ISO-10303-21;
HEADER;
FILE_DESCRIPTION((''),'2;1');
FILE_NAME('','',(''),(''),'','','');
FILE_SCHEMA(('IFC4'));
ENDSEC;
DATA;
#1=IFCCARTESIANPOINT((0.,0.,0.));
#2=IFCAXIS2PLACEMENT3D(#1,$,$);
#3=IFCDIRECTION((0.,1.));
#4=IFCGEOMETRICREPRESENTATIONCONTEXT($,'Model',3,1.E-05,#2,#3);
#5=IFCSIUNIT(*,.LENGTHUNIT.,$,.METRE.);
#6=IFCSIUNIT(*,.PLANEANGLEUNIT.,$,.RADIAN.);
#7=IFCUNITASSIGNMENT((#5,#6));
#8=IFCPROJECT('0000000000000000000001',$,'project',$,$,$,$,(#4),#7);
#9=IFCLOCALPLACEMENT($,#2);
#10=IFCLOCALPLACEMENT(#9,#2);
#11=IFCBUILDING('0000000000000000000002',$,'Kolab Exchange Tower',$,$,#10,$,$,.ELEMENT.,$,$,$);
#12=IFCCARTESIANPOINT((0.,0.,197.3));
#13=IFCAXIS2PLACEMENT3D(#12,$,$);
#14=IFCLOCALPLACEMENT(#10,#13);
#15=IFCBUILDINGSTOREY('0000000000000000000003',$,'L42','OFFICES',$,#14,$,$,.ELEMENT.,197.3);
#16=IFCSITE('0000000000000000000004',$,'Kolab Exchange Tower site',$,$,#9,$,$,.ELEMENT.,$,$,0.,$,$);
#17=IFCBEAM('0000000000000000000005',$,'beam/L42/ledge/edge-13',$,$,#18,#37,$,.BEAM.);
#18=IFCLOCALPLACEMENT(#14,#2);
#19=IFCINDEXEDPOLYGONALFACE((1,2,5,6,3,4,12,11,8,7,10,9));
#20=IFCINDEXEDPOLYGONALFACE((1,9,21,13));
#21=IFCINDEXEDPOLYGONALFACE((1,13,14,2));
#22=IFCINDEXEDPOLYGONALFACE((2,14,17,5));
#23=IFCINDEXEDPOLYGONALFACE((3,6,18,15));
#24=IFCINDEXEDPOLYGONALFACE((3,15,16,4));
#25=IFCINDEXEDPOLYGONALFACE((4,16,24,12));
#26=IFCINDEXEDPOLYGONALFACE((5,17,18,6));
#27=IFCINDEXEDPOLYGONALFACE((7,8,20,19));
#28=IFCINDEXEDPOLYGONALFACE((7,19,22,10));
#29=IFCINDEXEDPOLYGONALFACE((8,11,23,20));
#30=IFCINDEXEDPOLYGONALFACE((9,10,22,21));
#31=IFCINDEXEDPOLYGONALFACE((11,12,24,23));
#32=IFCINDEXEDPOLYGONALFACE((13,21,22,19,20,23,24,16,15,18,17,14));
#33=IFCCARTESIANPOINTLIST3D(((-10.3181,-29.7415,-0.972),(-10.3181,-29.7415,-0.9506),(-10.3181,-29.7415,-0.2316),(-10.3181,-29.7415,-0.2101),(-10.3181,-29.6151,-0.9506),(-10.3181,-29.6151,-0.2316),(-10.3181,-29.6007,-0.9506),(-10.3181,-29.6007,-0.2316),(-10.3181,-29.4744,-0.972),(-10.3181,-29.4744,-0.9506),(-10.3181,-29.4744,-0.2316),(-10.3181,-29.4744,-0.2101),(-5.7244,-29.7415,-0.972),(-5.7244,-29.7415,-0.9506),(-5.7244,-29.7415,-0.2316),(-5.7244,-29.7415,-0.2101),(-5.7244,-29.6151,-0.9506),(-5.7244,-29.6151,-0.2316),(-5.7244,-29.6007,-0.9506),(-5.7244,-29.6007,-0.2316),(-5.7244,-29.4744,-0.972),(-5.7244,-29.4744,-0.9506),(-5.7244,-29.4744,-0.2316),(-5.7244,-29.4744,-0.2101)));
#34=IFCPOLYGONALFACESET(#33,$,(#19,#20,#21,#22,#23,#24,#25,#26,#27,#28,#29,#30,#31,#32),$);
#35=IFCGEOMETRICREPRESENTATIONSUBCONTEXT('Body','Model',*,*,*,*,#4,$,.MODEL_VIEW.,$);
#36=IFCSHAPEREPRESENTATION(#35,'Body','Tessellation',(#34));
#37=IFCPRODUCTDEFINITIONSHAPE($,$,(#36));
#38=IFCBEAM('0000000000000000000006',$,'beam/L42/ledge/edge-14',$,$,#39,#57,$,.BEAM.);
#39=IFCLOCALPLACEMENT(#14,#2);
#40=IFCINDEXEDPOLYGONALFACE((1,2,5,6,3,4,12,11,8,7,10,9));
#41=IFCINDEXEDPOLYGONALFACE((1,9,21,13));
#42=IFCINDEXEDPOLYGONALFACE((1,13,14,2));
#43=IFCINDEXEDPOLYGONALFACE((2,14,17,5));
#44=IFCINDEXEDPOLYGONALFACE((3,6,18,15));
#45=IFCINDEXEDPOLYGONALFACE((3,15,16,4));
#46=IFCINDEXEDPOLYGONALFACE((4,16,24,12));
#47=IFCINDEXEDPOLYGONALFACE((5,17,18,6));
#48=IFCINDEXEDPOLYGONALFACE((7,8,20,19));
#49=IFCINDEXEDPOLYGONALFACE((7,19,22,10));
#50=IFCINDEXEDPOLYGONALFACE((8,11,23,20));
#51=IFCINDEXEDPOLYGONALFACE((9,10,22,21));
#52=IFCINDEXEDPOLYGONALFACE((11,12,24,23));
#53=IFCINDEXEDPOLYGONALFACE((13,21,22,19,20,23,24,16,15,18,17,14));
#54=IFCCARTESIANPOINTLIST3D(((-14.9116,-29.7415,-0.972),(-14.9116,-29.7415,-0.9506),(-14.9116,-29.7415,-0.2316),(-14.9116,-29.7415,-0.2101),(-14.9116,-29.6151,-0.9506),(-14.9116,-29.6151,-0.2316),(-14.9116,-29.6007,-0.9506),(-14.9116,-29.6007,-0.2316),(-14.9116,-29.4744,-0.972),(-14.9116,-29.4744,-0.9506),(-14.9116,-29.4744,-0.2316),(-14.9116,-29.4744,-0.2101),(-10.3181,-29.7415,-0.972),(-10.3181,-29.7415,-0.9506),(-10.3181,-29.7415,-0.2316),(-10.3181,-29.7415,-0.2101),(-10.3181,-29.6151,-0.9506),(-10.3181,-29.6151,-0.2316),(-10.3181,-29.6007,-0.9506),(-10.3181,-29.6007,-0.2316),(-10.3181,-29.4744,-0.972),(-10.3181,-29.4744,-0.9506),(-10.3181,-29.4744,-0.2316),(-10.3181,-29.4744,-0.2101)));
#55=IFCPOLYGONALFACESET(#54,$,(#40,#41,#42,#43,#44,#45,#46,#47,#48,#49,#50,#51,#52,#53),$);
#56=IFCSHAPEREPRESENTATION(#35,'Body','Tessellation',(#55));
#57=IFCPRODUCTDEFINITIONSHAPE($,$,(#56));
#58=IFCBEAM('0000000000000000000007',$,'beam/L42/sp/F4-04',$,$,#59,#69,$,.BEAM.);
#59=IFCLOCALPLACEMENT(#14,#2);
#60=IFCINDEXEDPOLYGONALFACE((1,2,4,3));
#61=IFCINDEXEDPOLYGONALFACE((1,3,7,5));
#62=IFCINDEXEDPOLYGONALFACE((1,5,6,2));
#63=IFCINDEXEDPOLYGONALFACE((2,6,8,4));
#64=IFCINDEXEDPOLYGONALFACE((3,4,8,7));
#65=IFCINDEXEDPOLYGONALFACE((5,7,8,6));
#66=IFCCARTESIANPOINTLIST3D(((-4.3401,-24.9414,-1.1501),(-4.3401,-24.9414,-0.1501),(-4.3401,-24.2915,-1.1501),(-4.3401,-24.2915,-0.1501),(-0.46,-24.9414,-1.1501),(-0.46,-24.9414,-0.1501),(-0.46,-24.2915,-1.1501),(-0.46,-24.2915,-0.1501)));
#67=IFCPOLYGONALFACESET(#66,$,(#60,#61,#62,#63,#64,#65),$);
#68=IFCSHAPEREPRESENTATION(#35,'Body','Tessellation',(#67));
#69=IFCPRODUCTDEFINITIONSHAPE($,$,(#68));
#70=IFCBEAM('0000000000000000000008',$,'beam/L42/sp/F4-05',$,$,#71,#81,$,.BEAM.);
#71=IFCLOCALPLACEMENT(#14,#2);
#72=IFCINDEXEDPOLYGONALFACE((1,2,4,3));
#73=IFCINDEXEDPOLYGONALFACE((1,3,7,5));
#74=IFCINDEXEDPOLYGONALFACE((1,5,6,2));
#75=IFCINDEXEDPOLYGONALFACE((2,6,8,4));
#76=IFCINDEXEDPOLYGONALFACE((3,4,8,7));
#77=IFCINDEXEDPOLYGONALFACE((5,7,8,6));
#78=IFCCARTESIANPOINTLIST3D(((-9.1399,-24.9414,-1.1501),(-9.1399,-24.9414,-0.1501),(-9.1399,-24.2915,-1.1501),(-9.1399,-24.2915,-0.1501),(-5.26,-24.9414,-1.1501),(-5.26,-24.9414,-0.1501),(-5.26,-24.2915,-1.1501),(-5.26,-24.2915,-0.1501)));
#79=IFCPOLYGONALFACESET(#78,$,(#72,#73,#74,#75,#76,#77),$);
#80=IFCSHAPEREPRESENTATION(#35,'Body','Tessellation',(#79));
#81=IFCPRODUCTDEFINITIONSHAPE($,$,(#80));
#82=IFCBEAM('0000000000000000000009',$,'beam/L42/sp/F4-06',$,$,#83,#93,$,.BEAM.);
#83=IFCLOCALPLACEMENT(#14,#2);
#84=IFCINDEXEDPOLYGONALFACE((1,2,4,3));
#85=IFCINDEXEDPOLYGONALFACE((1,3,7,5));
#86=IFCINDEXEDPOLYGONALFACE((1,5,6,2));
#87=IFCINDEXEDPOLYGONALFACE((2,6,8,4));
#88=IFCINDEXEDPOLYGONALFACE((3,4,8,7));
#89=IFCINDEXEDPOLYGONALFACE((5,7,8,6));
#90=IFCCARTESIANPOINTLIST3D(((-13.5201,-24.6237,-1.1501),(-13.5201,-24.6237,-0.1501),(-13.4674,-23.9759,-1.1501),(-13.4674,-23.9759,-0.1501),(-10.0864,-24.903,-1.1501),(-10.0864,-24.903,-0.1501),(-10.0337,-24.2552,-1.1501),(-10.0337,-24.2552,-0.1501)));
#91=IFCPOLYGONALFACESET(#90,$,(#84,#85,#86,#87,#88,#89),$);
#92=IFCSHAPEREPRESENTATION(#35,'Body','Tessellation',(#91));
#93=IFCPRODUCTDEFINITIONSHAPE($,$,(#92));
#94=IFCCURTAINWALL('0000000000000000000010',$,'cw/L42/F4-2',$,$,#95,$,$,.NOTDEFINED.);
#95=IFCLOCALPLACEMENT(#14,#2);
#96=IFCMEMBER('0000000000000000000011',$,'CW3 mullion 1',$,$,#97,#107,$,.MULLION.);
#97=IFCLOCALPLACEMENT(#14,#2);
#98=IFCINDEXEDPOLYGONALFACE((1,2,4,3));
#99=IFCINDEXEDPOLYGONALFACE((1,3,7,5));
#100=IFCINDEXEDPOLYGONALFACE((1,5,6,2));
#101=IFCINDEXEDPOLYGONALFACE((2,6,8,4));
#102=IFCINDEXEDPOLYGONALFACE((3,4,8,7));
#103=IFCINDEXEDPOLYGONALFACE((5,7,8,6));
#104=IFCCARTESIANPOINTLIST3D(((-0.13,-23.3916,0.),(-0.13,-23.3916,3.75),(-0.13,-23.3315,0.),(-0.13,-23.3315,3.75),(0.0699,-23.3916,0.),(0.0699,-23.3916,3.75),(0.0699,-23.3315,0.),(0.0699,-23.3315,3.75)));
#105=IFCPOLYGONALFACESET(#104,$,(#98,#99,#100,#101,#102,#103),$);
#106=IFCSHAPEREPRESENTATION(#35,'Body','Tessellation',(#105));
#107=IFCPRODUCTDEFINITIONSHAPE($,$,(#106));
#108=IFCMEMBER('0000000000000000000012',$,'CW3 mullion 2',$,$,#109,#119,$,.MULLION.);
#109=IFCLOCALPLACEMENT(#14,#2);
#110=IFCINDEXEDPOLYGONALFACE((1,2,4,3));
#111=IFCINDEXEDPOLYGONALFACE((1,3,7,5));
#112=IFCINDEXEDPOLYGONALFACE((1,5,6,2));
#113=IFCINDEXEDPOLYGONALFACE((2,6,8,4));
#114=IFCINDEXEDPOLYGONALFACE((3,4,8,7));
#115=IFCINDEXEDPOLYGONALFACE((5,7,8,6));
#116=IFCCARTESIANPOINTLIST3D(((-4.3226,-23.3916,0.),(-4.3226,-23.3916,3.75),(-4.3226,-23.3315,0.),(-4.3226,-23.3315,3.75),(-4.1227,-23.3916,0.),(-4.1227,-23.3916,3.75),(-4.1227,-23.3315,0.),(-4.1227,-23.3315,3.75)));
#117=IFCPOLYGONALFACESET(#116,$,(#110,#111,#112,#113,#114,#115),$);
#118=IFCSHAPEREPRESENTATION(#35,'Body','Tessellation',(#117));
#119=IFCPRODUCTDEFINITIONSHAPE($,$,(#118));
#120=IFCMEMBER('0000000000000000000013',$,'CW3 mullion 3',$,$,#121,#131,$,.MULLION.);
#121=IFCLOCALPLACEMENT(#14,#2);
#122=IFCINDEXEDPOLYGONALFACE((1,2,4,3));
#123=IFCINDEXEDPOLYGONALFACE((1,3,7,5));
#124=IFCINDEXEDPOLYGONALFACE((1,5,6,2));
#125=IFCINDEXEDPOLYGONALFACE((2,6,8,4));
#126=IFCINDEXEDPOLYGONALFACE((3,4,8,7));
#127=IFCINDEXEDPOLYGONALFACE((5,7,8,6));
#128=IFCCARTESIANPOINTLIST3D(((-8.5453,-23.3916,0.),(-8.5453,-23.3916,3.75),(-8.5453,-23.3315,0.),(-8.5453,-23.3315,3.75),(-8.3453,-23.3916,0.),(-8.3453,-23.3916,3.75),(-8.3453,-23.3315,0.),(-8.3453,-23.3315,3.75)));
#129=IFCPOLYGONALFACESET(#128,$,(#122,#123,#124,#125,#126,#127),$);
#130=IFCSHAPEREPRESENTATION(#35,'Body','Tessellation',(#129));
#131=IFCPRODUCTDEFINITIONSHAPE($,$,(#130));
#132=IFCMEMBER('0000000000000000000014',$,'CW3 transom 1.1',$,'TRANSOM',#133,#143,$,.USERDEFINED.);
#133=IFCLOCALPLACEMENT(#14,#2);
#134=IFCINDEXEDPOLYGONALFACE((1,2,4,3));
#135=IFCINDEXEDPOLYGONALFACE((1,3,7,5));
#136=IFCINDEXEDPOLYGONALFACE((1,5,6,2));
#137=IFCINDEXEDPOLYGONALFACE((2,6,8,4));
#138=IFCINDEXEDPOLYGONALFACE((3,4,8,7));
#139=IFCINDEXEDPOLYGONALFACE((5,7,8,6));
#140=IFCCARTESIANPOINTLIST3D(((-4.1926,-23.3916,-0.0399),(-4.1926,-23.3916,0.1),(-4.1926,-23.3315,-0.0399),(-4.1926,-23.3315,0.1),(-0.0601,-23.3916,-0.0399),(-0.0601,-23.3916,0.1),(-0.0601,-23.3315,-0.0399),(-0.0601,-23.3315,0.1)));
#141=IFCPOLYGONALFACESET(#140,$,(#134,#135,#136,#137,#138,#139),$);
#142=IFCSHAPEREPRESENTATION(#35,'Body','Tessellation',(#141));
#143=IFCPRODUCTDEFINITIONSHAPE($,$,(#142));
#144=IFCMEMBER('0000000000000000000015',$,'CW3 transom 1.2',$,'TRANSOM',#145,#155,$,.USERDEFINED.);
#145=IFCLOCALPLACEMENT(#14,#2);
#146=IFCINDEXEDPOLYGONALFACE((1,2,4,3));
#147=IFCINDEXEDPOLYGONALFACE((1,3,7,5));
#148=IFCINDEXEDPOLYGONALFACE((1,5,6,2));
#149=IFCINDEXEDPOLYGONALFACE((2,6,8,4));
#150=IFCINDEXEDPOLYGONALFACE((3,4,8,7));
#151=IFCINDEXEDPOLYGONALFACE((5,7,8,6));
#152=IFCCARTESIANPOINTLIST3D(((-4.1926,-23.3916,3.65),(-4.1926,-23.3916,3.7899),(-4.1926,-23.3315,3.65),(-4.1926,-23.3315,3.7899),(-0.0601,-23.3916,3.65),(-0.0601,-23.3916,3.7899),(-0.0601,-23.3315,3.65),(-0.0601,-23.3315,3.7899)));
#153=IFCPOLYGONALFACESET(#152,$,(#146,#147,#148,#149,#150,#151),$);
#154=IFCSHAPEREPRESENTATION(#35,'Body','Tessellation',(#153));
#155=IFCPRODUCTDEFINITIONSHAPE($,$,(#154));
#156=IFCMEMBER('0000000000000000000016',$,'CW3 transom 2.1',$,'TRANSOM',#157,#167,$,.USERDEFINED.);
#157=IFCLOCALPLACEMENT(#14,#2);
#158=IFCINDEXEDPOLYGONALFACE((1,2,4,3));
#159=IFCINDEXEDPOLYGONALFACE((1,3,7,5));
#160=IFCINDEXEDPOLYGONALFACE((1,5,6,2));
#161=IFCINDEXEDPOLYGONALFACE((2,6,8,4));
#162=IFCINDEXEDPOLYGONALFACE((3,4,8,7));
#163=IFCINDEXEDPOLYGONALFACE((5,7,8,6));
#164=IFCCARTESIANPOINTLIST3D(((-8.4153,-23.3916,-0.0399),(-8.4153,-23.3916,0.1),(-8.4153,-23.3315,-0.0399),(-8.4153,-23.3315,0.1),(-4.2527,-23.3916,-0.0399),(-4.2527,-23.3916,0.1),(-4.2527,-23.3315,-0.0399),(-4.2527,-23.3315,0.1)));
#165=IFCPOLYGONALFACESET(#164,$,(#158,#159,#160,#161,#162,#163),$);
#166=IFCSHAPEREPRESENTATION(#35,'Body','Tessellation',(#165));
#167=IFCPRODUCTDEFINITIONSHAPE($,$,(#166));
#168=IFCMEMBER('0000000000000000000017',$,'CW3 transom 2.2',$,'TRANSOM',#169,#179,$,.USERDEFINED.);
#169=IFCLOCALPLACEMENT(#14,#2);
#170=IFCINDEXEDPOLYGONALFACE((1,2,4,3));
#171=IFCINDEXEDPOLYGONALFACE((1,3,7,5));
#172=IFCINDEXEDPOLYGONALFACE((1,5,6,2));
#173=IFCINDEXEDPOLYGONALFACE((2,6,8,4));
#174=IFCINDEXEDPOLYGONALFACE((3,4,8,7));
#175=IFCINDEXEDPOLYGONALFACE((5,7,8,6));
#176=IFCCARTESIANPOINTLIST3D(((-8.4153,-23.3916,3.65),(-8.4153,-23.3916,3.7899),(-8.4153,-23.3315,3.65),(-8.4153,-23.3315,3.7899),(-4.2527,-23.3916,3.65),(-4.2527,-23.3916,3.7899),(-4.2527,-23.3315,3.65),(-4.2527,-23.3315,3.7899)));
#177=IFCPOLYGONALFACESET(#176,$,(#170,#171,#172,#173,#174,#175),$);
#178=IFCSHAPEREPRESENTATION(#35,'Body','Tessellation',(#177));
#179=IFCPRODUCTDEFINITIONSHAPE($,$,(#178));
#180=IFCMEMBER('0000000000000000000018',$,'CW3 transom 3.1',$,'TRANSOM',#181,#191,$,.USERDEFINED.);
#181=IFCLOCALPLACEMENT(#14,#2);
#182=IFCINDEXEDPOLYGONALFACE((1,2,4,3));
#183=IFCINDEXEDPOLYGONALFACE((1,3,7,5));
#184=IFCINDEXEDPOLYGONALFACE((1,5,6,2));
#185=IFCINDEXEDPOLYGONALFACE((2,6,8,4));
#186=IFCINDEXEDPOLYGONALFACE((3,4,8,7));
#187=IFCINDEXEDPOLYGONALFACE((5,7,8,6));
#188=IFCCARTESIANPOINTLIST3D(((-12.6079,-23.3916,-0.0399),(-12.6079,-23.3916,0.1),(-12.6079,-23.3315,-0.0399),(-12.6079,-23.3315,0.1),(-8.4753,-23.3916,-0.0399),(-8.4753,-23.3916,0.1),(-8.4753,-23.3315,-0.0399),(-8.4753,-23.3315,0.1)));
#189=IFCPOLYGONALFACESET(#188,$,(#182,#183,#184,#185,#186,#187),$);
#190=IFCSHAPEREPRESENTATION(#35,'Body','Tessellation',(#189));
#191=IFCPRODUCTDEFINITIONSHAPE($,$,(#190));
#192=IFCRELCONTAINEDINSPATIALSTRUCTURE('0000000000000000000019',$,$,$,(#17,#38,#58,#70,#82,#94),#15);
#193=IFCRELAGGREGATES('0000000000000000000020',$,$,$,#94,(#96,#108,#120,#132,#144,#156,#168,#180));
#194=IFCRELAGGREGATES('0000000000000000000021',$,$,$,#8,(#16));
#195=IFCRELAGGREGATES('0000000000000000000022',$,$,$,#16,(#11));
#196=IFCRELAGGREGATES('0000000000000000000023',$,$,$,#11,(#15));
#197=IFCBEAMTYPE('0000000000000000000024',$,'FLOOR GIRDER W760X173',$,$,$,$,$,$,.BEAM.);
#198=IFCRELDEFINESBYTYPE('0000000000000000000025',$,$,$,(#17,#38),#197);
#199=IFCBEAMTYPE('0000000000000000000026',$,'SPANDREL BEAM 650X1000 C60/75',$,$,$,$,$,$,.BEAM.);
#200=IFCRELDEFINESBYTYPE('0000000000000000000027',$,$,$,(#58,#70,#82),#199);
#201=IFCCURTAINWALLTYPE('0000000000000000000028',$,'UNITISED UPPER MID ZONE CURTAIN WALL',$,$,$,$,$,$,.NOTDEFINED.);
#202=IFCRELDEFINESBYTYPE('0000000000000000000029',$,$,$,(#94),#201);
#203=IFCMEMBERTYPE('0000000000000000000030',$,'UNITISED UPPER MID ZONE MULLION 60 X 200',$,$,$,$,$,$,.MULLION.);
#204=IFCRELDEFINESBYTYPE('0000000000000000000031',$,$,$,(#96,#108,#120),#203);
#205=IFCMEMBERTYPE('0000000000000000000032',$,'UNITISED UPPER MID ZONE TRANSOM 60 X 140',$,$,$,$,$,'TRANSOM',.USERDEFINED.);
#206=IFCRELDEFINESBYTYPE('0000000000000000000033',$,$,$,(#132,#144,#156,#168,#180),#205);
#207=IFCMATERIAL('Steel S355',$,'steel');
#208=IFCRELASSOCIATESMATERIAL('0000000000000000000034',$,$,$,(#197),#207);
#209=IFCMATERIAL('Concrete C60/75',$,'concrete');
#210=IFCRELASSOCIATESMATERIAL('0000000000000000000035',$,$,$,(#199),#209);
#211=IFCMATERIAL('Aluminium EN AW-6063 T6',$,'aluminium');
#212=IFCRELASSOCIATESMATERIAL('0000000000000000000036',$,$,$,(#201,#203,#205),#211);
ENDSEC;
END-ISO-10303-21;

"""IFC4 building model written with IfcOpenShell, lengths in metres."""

from ifc_helpers import new_model, si_unit, direction, frame, origin, origin_2d, place, context, subcontext, project, spatial, rectangle, i_section, extrude, material, material_profile, profile_set, type_object, element, aggregate, save


model = new_model("IFC4")

# Units and contexts
model_context = context("Model", 3, precision=1e-05, world=origin(), true_north=direction((0.0, 1.0)))
body_context = subcontext(model_context, "Body", "Model", "MODEL_VIEW")
ifc_project = project(units=[si_unit("LENGTHUNIT", "METRE"), si_unit("PLANEANGLEUNIT", "RADIAN")], contexts=[model_context])

# Site, building, storey
site_placement = place(None, origin())
site = spatial("IfcSite", under=ifc_project, at=site_placement, Name="Kolab Exchange Tower site", CompositionType="ELEMENT", RefElevation=0.0)
building_placement = place(site_placement, origin())
building = spatial("IfcBuilding", under=site, at=building_placement, Name="Kolab Exchange Tower", CompositionType="ELEMENT")
storey_placement = place(building_placement, frame((0.0, 0.0, 197.3)))
storey = spatial("IfcBuildingStorey", under=building, at=storey_placement, Name="L42", Description="OFFICES", CompositionType="ELEMENT", Elevation=197.3)

# Shared definitions
ifc_material_1 = material(Name="Concrete C60/75", Category="concrete")

# Beams
ifc_material_2 = material(Name="Steel S355", Category="steel")
ifc_material_profile_1 = material_profile(ifc_material_2, i_section(OverallWidth=0.2671, OverallDepth=0.762, WebThickness=0.0144, FlangeThickness=0.0215, at=origin_2d()), Name="W760X173")
ifc_profile_set_1 = profile_set([ifc_material_profile_1], Name="Steel S355")
beam_type_1 = type_object("IfcBeamType", Name="FLOOR GIRDER W760X173", PredefinedType="BEAM", material=ifc_profile_set_1)
for number, where, z_axis, x_axis, name in (
    (1, (-5.7244, -29.6079, -0.5911), (-1.0, 0.0, 0.0), (0.0, -1.0, 0.0), "beam/L42/ledge/edge-13"),
):
    element("IfcBeam", number, at=place(storey_placement, frame(where, z_axis=z_axis, x_axis=x_axis)), inside=storey, type_object=beam_type_1, Name=name, PredefinedType="BEAM", context=body_context, shape_type="SweptSolid", body=[
        extrude(i_section(OverallWidth=0.2671, OverallDepth=0.762, WebThickness=0.0144, FlangeThickness=0.0215, at=origin_2d()), origin(), (0.0, 0.0, 1.0), 4.5938),
    ])
beam_1_placement = place(storey_placement, frame((-10.3181, -29.6079, -0.5911), z_axis=(-1.0, 0.0, 0.0), x_axis=(0.0, -1.0, 0.0)))
element("IfcBeam", 2, at=beam_1_placement, inside=storey, type_object=beam_type_1, Name="beam/L42/ledge/edge-14", PredefinedType="BEAM", context=body_context, shape_type="SweptSolid", body=[
    extrude(i_section(OverallWidth=0.2671, OverallDepth=0.762, WebThickness=0.0144, FlangeThickness=0.0215, at=origin_2d()), origin(), (0.0, 0.0, 1.0), 4.5935),
])
ifc_material_profile_2 = material_profile(ifc_material_1, rectangle(XDim=0.6499, YDim=1.0, at=origin_2d()), Name="RC650X1000")
ifc_profile_set_2 = profile_set([ifc_material_profile_2], Name="Concrete C60/75")
beam_type_2 = type_object("IfcBeamType", Name="SPANDREL BEAM 650X1000 C60/75", PredefinedType="BEAM", material=ifc_profile_set_2)
beam_2_placement = place(storey_placement, frame((-0.46, -24.6165, -0.6501), z_axis=(-1.0, 0.0, 0.0), x_axis=(0.0, -1.0, 0.0)))
element("IfcBeam", 3, at=beam_2_placement, inside=storey, type_object=beam_type_2, Name="beam/L42/sp/F4-04", PredefinedType="BEAM", context=body_context, shape_type="SweptSolid", body=[
    extrude(rectangle(XDim=0.6499, YDim=1.0, at=origin_2d()), origin(), (0.0, 0.0, 1.0), 3.8801),
])
beam_3_placement = place(storey_placement, frame((-5.26, -24.6165, -0.6501), z_axis=(-1.0, 0.0, 0.0), x_axis=(0.0, -1.0, 0.0)))
element("IfcBeam", 4, at=beam_3_placement, inside=storey, type_object=beam_type_2, Name="beam/L42/sp/F4-05", PredefinedType="BEAM", context=body_context, shape_type="SweptSolid", body=[
    extrude(rectangle(XDim=0.6499, YDim=1.0, at=origin_2d()), origin(), (0.0, 0.0, 1.0), 3.8799),
])
beam_4_placement = place(storey_placement, frame((-10.0601, -24.5791, -0.6501), z_axis=(-0.996708, 0.081069, 0.0), x_axis=(-0.081069, -0.996708, 0.0)))
element("IfcBeam", 5, at=beam_4_placement, inside=storey, type_object=beam_type_2, Name="beam/L42/sp/F4-06", PredefinedType="BEAM", context=body_context, shape_type="SweptSolid", body=[
    extrude(rectangle(XDim=0.6499, YDim=1.0, at=origin_2d()), origin(), (0.0, 0.0, 1.0), 3.4451),
])

# Curtain wall, members
ifc_material_3 = material(Name="Aluminium EN AW-6063 T6", Category="aluminium")
curtain_wall_type = type_object("IfcCurtainWallType", Name="UNITISED UPPER MID ZONE CURTAIN WALL", PredefinedType="NOTDEFINED", material=ifc_material_3)
curtain_wall_placement = place(storey_placement, origin())
curtain_wall = element("IfcCurtainWall", 6, at=curtain_wall_placement, inside=storey, type_object=curtain_wall_type, Name="cw/L42/F4-2", PredefinedType="NOTDEFINED")
ifc_material_profile_3 = material_profile(ifc_material_3, rectangle(XDim=0.0601, YDim=0.2, at=origin_2d()), Name="RECT 60X200")
ifc_profile_set_3 = profile_set([ifc_material_profile_3], Name="Aluminium EN AW-6063 T6")
member_type_1 = type_object("IfcMemberType", Name="UNITISED UPPER MID ZONE MULLION 60 X 200", PredefinedType="MULLION", material=ifc_profile_set_3)
member_1_placement = place(storey_placement, frame((-0.03, -23.3616, 0.0), z_axis=(0.0, 0.0, 1.0), x_axis=(0.0, -1.0, 0.0)))
member_1 = element("IfcMember", 7, at=member_1_placement, type_object=member_type_1, Name="CW3 mullion 1", PredefinedType="MULLION", context=body_context, shape_type="SweptSolid", body=[
    extrude(rectangle(XDim=0.0601, YDim=0.2, at=origin_2d()), origin(), (0.0, 0.0, 1.0), 3.75),
])
member_2_placement = place(storey_placement, frame((-4.2227, -23.3616, 0.0), z_axis=(0.0, 0.0, 1.0), x_axis=(0.0, -1.0, 0.0)))
member_2 = element("IfcMember", 8, at=member_2_placement, type_object=member_type_1, Name="CW3 mullion 2", PredefinedType="MULLION", context=body_context, shape_type="SweptSolid", body=[
    extrude(rectangle(XDim=0.0601, YDim=0.2, at=origin_2d()), origin(), (0.0, 0.0, 1.0), 3.75),
])
member_3_placement = place(storey_placement, frame((-8.4453, -23.3616, 0.0), z_axis=(0.0, 0.0, 1.0), x_axis=(0.0, -1.0, 0.0)))
member_3 = element("IfcMember", 9, at=member_3_placement, type_object=member_type_1, Name="CW3 mullion 3", PredefinedType="MULLION", context=body_context, shape_type="SweptSolid", body=[
    extrude(rectangle(XDim=0.0601, YDim=0.2, at=origin_2d()), origin(), (0.0, 0.0, 1.0), 3.75),
])
ifc_material_profile_4 = material_profile(ifc_material_3, rectangle(XDim=0.0601, YDim=0.1399, at=origin_2d()), Name="RECT 60X140")
ifc_profile_set_4 = profile_set([ifc_material_profile_4], Name="Aluminium EN AW-6063 T6")
member_type_2 = type_object("IfcMemberType", Name="UNITISED UPPER MID ZONE TRANSOM 60 X 140", ElementType="TRANSOM", PredefinedType="USERDEFINED", material=ifc_profile_set_4)
member_4_placement = place(storey_placement, frame((-0.0601, -23.3616, 0.03), z_axis=(-1.0, 0.0, 0.0), x_axis=(0.0, -1.0, 0.0)))
member_4 = element("IfcMember", 10, at=member_4_placement, type_object=member_type_2, Name="CW3 transom 1.1", ObjectType="TRANSOM", PredefinedType="USERDEFINED", context=body_context, shape_type="SweptSolid", body=[
    extrude(rectangle(XDim=0.0601, YDim=0.1399, at=origin_2d()), origin(), (0.0, 0.0, 1.0), 4.1326),
])
member_5_placement = place(storey_placement, frame((-0.0601, -23.3616, 3.72), z_axis=(-1.0, 0.0, 0.0), x_axis=(0.0, -1.0, 0.0)))
member_5 = element("IfcMember", 11, at=member_5_placement, type_object=member_type_2, Name="CW3 transom 1.2", ObjectType="TRANSOM", PredefinedType="USERDEFINED", context=body_context, shape_type="SweptSolid", body=[
    extrude(rectangle(XDim=0.0601, YDim=0.1399, at=origin_2d()), origin(), (0.0, 0.0, 1.0), 4.1326),
])
member_6_placement = place(storey_placement, frame((-4.2527, -23.3616, 0.03), z_axis=(-1.0, 0.0, 0.0), x_axis=(0.0, -1.0, 0.0)))
member_6 = element("IfcMember", 12, at=member_6_placement, type_object=member_type_2, Name="CW3 transom 2.1", ObjectType="TRANSOM", PredefinedType="USERDEFINED", context=body_context, shape_type="SweptSolid", body=[
    extrude(rectangle(XDim=0.0601, YDim=0.1399, at=origin_2d()), origin(), (0.0, 0.0, 1.0), 4.1626),
])
member_7_placement = place(storey_placement, frame((-4.2527, -23.3616, 3.72), z_axis=(-1.0, 0.0, 0.0), x_axis=(0.0, -1.0, 0.0)))
member_7 = element("IfcMember", 13, at=member_7_placement, type_object=member_type_2, Name="CW3 transom 2.2", ObjectType="TRANSOM", PredefinedType="USERDEFINED", context=body_context, shape_type="SweptSolid", body=[
    extrude(rectangle(XDim=0.0601, YDim=0.1399, at=origin_2d()), origin(), (0.0, 0.0, 1.0), 4.1626),
])
member_8_placement = place(storey_placement, frame((-8.4753, -23.3616, 0.03), z_axis=(-1.0, 0.0, 0.0), x_axis=(0.0, -1.0, 0.0)))
member_8 = element("IfcMember", 14, at=member_8_placement, type_object=member_type_2, Name="CW3 transom 3.1", ObjectType="TRANSOM", PredefinedType="USERDEFINED", context=body_context, shape_type="SweptSolid", body=[
    extrude(rectangle(XDim=0.0601, YDim=0.1399, at=origin_2d()), origin(), (0.0, 0.0, 1.0), 4.1326),
])
aggregate(curtain_wall, [member_1, member_2, member_3, member_4, member_5, member_6, member_7, member_8])

save(model, "model.ifc")
